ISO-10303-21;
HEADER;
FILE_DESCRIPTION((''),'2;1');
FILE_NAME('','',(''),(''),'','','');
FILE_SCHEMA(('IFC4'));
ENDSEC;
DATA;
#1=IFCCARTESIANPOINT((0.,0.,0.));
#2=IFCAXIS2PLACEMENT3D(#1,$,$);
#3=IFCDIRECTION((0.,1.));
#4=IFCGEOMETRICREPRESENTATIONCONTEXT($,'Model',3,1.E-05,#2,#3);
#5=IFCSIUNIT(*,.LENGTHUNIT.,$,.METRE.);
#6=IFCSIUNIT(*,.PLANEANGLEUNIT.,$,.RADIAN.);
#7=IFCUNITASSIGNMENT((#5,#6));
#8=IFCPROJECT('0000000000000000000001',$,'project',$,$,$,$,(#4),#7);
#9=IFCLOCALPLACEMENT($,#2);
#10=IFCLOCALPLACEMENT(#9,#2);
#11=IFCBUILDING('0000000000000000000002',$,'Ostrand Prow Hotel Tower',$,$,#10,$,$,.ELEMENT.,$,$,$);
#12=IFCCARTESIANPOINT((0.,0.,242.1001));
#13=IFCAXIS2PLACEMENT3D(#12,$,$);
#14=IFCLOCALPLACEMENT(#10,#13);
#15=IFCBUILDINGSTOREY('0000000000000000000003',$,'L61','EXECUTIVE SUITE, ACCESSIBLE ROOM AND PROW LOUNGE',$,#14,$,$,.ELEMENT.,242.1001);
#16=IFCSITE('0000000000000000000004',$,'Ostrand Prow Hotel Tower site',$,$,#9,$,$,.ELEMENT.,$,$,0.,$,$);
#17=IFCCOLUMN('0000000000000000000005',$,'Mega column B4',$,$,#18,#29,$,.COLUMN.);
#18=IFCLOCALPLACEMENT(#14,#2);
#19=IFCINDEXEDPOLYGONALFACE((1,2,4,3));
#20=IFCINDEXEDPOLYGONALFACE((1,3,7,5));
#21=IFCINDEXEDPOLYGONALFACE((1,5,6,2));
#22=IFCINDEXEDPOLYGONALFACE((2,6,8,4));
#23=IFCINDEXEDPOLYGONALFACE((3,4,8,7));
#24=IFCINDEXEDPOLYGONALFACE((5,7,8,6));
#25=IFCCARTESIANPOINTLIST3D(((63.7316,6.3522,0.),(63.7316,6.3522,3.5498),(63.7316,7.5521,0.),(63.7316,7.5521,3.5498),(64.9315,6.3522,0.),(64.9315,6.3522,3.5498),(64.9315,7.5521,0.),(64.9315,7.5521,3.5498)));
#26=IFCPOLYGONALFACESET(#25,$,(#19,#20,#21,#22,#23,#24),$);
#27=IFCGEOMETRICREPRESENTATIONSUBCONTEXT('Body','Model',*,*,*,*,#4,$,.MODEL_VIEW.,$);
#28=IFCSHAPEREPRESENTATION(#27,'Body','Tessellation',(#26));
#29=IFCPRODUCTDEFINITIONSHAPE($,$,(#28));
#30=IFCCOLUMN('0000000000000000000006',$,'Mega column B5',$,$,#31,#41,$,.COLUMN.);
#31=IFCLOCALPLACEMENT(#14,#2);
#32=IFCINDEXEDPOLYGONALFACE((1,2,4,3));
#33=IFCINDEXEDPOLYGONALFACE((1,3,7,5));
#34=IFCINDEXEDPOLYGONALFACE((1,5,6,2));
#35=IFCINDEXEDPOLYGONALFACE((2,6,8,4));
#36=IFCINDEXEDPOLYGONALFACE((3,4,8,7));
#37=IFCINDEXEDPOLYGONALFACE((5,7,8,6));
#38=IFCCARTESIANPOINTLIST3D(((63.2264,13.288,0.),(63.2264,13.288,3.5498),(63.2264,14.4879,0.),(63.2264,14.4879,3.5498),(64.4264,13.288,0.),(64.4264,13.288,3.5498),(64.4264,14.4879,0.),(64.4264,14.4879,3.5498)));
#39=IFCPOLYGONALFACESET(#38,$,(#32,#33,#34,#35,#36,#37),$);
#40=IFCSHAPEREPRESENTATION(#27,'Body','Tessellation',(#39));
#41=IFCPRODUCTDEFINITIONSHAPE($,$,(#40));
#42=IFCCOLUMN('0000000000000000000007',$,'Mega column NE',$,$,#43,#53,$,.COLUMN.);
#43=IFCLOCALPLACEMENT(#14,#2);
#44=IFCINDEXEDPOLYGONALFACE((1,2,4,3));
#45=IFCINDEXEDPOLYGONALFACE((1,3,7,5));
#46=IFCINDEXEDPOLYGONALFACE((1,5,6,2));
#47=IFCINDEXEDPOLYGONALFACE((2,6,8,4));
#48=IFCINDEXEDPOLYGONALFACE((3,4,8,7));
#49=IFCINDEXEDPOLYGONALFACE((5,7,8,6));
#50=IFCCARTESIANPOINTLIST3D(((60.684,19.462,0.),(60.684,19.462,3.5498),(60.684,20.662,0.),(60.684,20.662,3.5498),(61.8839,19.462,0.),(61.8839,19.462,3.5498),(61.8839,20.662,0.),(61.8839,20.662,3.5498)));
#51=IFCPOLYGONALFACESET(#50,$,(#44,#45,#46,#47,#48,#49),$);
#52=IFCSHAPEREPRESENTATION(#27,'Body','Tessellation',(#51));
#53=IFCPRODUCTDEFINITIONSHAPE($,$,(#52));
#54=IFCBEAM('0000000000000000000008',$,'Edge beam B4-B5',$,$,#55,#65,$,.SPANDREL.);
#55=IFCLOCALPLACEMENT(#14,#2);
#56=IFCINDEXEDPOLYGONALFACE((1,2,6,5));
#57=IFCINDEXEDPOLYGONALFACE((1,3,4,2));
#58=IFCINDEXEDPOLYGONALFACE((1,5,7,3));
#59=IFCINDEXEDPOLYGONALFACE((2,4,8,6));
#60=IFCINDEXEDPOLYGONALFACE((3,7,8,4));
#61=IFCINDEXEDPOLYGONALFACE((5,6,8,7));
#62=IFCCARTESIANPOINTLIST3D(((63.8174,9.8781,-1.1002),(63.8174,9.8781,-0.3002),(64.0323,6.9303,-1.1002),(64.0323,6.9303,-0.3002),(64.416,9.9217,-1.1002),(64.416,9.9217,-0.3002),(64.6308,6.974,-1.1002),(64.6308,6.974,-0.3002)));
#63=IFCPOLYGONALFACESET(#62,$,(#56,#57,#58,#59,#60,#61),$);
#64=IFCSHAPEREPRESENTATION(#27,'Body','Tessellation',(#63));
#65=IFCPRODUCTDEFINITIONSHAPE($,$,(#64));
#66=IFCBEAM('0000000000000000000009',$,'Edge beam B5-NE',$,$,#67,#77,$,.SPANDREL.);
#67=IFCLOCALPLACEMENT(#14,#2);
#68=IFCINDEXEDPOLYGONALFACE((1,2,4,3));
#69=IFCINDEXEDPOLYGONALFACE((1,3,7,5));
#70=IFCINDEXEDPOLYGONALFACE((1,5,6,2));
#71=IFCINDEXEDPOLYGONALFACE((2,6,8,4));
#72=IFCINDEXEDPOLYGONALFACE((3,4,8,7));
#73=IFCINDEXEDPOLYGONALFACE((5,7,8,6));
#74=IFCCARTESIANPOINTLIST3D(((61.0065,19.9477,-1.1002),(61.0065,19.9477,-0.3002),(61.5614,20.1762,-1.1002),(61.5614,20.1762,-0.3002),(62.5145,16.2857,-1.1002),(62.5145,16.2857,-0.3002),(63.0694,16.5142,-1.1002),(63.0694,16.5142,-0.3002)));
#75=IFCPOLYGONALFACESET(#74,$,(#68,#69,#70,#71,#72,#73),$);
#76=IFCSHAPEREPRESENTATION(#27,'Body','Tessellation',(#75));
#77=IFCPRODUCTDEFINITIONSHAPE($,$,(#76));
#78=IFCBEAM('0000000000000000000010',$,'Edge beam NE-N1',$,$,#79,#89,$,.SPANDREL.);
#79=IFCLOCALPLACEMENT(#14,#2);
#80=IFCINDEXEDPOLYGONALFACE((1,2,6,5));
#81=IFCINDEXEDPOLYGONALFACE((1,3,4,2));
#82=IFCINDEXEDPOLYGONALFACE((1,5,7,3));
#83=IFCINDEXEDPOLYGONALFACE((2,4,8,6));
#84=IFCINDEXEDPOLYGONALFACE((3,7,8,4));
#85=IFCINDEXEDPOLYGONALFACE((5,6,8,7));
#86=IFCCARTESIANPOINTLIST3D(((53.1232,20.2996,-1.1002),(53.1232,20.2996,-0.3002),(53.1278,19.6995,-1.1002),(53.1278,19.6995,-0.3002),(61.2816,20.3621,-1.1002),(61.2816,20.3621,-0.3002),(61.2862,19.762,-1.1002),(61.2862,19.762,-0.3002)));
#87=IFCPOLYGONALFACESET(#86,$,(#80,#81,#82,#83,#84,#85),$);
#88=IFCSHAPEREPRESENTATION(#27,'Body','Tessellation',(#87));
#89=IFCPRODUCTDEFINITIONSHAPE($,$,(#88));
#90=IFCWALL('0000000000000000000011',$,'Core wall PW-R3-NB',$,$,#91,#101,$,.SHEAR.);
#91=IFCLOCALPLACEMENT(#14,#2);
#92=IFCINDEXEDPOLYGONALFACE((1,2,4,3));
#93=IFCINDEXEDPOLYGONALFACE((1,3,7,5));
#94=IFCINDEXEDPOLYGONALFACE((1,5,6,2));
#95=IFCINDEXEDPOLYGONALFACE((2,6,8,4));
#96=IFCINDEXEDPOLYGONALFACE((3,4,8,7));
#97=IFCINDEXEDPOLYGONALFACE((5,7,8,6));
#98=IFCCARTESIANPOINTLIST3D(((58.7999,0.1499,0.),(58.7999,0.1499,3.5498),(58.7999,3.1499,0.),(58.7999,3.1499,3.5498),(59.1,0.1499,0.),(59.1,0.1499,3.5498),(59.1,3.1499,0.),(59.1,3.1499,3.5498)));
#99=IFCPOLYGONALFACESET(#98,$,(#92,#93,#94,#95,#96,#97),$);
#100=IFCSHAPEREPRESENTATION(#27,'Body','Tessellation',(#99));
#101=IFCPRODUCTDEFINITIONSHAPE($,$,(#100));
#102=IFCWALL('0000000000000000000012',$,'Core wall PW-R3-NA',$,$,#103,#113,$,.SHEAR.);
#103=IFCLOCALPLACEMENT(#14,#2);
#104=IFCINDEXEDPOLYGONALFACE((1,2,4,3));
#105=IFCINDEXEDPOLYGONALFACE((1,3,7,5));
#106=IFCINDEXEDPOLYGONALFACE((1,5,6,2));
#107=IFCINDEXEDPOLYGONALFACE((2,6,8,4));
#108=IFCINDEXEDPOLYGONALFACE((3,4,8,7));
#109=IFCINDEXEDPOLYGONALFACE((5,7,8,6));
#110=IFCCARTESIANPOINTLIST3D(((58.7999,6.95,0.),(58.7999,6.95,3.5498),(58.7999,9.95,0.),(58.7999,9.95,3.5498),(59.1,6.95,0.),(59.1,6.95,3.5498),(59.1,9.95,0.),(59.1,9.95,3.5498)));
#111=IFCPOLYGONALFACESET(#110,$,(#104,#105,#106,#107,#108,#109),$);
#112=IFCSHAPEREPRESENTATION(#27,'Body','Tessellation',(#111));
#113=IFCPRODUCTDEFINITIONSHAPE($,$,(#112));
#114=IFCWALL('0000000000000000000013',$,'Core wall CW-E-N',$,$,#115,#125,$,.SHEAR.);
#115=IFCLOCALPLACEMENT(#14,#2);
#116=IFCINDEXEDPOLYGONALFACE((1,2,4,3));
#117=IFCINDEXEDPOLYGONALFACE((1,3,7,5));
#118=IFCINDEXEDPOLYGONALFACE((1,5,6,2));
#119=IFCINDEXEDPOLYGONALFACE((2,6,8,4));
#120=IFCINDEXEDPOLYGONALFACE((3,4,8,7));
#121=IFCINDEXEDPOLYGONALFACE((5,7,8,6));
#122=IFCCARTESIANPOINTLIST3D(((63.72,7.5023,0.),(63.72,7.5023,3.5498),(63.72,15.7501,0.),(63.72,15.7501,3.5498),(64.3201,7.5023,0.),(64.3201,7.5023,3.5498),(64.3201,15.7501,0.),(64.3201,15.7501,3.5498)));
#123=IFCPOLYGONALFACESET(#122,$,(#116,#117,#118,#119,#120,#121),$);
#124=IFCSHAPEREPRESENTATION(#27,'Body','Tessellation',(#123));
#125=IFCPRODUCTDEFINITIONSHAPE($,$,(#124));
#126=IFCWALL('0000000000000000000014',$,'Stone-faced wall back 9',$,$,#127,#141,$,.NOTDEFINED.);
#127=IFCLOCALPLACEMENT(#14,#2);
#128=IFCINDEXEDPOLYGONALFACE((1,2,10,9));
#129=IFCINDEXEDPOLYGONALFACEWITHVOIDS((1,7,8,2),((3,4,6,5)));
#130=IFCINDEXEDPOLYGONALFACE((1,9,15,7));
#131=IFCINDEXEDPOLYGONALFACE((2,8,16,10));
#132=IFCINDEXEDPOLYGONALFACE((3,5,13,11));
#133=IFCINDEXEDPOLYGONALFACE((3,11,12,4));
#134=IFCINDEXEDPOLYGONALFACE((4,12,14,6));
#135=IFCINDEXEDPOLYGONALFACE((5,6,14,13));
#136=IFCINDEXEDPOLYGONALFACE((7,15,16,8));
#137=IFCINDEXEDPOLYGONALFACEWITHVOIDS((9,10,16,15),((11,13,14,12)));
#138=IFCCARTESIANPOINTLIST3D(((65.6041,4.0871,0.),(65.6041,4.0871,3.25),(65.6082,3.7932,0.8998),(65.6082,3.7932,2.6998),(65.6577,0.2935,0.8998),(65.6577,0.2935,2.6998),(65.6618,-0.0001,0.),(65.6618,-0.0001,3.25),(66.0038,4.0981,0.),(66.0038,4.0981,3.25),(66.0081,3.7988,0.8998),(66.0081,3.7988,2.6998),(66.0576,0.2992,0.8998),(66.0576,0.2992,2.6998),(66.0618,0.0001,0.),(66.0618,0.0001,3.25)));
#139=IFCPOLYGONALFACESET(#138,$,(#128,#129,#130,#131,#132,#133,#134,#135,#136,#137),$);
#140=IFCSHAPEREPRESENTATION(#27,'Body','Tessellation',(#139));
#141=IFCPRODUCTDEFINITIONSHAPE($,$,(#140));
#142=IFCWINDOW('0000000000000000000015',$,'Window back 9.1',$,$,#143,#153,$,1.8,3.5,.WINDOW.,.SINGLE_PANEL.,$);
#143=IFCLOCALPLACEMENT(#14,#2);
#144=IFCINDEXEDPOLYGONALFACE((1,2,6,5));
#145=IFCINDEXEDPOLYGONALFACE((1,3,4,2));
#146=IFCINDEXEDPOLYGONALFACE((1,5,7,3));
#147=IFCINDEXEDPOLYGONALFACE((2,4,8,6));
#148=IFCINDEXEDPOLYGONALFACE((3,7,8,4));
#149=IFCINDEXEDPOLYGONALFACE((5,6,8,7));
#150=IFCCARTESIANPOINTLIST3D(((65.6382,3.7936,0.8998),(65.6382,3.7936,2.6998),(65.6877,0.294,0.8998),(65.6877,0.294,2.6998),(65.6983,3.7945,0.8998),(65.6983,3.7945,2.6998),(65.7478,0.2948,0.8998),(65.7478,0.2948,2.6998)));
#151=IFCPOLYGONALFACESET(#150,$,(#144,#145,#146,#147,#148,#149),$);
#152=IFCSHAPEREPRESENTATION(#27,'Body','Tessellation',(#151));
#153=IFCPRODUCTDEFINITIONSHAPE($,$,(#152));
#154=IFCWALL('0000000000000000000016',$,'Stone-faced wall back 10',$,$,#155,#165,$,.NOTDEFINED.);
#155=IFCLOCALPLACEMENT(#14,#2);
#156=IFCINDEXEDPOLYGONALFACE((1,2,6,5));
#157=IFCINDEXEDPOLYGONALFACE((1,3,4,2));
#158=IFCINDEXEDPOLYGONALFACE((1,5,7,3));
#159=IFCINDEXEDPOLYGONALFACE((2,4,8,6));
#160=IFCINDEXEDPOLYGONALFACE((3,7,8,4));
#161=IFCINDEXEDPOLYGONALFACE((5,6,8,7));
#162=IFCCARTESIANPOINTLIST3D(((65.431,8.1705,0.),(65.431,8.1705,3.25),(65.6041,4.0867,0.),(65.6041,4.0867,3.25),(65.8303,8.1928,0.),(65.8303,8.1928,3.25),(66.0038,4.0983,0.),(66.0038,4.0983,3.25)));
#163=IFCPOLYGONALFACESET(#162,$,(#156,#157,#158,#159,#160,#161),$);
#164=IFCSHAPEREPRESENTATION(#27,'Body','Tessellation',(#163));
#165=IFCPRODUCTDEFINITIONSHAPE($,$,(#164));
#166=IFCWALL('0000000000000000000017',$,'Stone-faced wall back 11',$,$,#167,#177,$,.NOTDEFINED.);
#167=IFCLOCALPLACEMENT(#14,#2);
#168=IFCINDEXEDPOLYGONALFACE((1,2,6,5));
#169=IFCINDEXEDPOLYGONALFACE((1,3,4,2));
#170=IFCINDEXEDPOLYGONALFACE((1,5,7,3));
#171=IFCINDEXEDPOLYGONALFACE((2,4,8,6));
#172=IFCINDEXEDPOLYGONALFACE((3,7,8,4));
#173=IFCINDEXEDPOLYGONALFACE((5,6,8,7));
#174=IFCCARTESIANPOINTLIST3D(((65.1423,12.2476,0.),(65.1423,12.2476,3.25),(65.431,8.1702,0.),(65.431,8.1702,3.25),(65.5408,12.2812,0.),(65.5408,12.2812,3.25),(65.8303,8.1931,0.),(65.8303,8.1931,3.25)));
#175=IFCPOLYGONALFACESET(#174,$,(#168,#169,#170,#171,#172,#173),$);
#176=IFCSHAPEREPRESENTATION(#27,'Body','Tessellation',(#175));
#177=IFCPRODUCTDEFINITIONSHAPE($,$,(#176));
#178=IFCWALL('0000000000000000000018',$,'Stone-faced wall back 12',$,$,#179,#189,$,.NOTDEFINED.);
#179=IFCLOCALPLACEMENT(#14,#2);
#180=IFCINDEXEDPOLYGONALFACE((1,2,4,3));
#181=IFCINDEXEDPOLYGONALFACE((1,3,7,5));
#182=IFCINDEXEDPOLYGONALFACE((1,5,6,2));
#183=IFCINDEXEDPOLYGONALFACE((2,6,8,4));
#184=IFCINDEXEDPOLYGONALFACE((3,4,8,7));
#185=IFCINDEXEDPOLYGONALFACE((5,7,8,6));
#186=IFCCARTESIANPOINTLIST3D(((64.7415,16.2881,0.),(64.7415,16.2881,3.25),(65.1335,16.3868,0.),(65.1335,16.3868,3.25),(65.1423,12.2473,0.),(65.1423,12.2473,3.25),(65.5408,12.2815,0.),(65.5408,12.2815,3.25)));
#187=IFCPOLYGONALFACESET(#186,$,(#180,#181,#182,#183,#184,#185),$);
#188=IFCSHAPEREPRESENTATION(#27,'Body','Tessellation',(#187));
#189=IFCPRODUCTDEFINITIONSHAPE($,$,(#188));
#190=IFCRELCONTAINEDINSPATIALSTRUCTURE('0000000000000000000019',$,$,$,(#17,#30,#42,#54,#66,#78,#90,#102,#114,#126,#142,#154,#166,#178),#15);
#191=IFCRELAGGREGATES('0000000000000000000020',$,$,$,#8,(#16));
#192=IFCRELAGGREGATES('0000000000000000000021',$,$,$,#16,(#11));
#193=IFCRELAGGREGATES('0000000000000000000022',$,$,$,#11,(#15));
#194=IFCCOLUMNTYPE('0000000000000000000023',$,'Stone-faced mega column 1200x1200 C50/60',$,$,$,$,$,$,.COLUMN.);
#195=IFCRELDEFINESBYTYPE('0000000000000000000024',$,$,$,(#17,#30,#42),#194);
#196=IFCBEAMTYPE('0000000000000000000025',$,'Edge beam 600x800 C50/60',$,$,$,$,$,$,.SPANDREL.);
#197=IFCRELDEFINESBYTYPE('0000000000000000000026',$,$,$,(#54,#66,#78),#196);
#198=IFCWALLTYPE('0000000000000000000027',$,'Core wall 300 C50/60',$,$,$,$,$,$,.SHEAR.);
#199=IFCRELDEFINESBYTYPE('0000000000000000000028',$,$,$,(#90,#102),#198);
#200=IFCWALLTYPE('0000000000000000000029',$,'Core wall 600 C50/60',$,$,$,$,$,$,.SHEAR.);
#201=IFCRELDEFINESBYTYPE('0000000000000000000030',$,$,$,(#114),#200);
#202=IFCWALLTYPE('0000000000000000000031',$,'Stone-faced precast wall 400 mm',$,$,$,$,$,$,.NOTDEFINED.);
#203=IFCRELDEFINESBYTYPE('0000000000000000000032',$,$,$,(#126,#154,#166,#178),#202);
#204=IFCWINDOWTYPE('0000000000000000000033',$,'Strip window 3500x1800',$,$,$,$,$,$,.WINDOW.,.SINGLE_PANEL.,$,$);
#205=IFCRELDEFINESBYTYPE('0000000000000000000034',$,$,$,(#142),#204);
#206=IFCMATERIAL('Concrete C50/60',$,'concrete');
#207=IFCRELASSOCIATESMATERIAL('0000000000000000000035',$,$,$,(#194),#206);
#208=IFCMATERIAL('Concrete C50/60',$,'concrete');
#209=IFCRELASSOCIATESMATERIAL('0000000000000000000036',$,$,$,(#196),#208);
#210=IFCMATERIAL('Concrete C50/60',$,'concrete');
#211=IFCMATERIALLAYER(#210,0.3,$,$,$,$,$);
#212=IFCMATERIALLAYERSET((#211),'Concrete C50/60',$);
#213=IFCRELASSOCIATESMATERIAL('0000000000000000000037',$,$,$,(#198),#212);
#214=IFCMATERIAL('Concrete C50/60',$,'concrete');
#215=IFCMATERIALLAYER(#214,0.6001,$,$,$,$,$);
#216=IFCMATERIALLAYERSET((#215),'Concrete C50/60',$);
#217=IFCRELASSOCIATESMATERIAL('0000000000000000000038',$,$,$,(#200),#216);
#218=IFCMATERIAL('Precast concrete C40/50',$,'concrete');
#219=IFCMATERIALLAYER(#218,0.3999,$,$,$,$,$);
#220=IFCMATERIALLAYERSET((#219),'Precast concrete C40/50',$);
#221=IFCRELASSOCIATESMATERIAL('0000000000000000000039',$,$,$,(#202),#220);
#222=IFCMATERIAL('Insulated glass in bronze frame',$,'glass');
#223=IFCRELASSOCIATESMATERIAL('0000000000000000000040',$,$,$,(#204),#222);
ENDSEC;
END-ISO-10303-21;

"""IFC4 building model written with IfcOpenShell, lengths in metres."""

from ifc_helpers import new_model, si_unit, direction, frame, frame_2d, origin, origin_2d, place, context, subcontext, project, spatial, polyline, rectangle, outline, extrude, material, layer, layer_set, material_profile, profile_set, type_object, element, fill, save


model = new_model("IFC4")

# Units and contexts
model_context = context("Model", 3, precision=1e-05, world=origin(), true_north=direction((0.0, 1.0)))
body_context = subcontext(model_context, "Body", "Model", "MODEL_VIEW")
ifc_project = project(units=[si_unit("LENGTHUNIT", "METRE"), si_unit("PLANEANGLEUNIT", "RADIAN")], contexts=[model_context])

# Site, building, storey
site_placement = place(None, origin())
site = spatial("IfcSite", under=ifc_project, at=site_placement, Name="Ostrand Prow Hotel Tower site", CompositionType="ELEMENT", RefElevation=0.0)
building_placement = place(site_placement, origin())
building = spatial("IfcBuilding", under=site, at=building_placement, Name="Ostrand Prow Hotel Tower", CompositionType="ELEMENT")
storey_placement = place(building_placement, frame((0.0, 0.0, 242.1001)))
storey = spatial("IfcBuildingStorey", under=building, at=storey_placement, Name="L61", Description="EXECUTIVE SUITE, ACCESSIBLE ROOM AND PROW LOUNGE", CompositionType="ELEMENT", Elevation=242.1001)

# Columns
ifc_material_1 = material(Name="Concrete C50/60", Category="concrete")
ifc_material_profile_1 = material_profile(ifc_material_1, rectangle(XDim=1.2, YDim=1.2, at=origin_2d()), Name="RC 1200x1200")
ifc_profile_set_1 = profile_set([ifc_material_profile_1], Name="Concrete C50/60")
column_type = type_object("IfcColumnType", Name="Stone-faced mega column 1200x1200 C50/60", PredefinedType="COLUMN", material=ifc_profile_set_1)
for number, where, z_axis, x_axis, name in (
    (1, (64.3315, 6.9521, 0.0), (0.0, 0.0, 1.0), (1.0, 0.0, 0.0), "Mega column B4"),
    (2, (63.8264, 13.8879, 0.0), (0.0, 0.0, 1.0), (1.0, 0.0, 0.0), "Mega column B5"),
    (3, (61.2839, 20.062, 0.0), (0.0, 0.0, 1.0), (1.0, 0.0, 0.0), "Mega column NE"),
):
    element("IfcColumn", number, at=place(storey_placement, frame(where, z_axis=z_axis, x_axis=x_axis)), inside=storey, type_object=column_type, Name=name, PredefinedType="COLUMN", context=body_context, shape_type="SweptSolid", body=[
        extrude(rectangle(XDim=1.2, YDim=1.2, at=origin_2d()), origin(), (0.0, 0.0, 1.0), 3.5498),
    ])

# Beams
ifc_material_2 = material(Name="Concrete C50/60", Category="concrete")
ifc_material_profile_2 = material_profile(ifc_material_2, rectangle(XDim=0.6001, YDim=0.8, at=origin_2d()), Name="RC 600x800")
ifc_profile_set_2 = profile_set([ifc_material_profile_2], Name="Concrete C50/60")
beam_type = type_object("IfcBeamType", Name="Edge beam 600x800 C50/60", PredefinedType="SPANDREL", material=ifc_profile_set_2)
beam_1_placement = place(storey_placement, frame((64.3315, 6.9521, -0.7002), z_axis=(-0.072691, 0.997355, 0.0), x_axis=(-0.997355, -0.072691, 0.0)))
element("IfcBeam", 4, at=beam_1_placement, inside=storey, type_object=beam_type, Name="Edge beam B4-B5", PredefinedType="SPANDREL", context=body_context, shape_type="SweptSolid", body=[
    extrude(rectangle(XDim=0.6001, YDim=0.8, at=origin_2d()), origin(), (0.0, 0.0, 1.0), 2.9556),
])
beam_2_placement = place(storey_placement, frame((62.792, 16.3999, -0.7002), z_axis=(-0.380778, 0.924667, 0.0), x_axis=(-0.924667, -0.380778, 0.0)))
element("IfcBeam", 5, at=beam_2_placement, inside=storey, type_object=beam_type, Name="Edge beam B5-NE", PredefinedType="SPANDREL", context=body_context, shape_type="SweptSolid", body=[
    extrude(rectangle(XDim=0.6001, YDim=0.8, at=origin_2d()), origin(), (0.0, 0.0, 1.0), 3.9604),
])
beam_3_placement = place(storey_placement, frame((61.2839, 20.062, -0.7002), z_axis=(-0.999971, -0.007661, 0.0), x_axis=(0.007661, -0.999971, 0.0)))
element("IfcBeam", 6, at=beam_3_placement, inside=storey, type_object=beam_type, Name="Edge beam NE-N1", PredefinedType="SPANDREL", context=body_context, shape_type="SweptSolid", body=[
    extrude(rectangle(XDim=0.6001, YDim=0.8, at=origin_2d()), origin(), (0.0, 0.0, 1.0), 8.1587),
])

# Walls
ifc_material_3 = material(Name="Concrete C50/60", Category="concrete")
ifc_layer_1 = layer(ifc_material_3, 0.3)
ifc_layer_set_1 = layer_set([ifc_layer_1], Name="Concrete C50/60")
wall_type_1 = type_object("IfcWallType", Name="Core wall 300 C50/60", PredefinedType="SHEAR", material=ifc_layer_set_1)
for number, where, z_axis, x_axis, name in (
    (7, (58.95, 0.1499, 0.0), (0.0, 0.0, 1.0), (0.0, 1.0, 0.0), "Core wall PW-R3-NB"),
    (8, (58.95, 6.95, 0.0), (0.0, 0.0, 1.0), (0.0, 1.0, 0.0), "Core wall PW-R3-NA"),
):
    element("IfcWall", number, at=place(storey_placement, frame(where, z_axis=z_axis, x_axis=x_axis)), inside=storey, type_object=wall_type_1, Name=name, PredefinedType="SHEAR", context=body_context, shape_type="SweptSolid", body=[
        extrude(rectangle(XDim=3.0, YDim=0.3, at=frame_2d((1.5, 0.0))), origin(), (0.0, 0.0, 1.0), 3.5498),
    ])
ifc_material_4 = material(Name="Concrete C50/60", Category="concrete")
ifc_layer_2 = layer(ifc_material_4, 0.6001)
ifc_layer_set_2 = layer_set([ifc_layer_2], Name="Concrete C50/60")
wall_type_2 = type_object("IfcWallType", Name="Core wall 600 C50/60", PredefinedType="SHEAR", material=ifc_layer_set_2)
wall_1_placement = place(storey_placement, frame((64.02, 7.5022, 0.0), z_axis=(0.0, 0.0, 1.0), x_axis=(0.0, 1.0, 0.0)))
element("IfcWall", 9, at=wall_1_placement, inside=storey, type_object=wall_type_2, Name="Core wall CW-E-N", PredefinedType="SHEAR", context=body_context, shape_type="SweptSolid", body=[
    extrude(rectangle(XDim=8.2478, YDim=0.6001, at=frame_2d((4.124, 0.0))), origin(), (0.0, 0.0, 1.0), 3.5498),
])

# Wall, opening, window
ifc_material_5 = material(Name="Precast concrete C40/50", Category="concrete")
ifc_layer_3 = layer(ifc_material_5, 0.3999)
ifc_layer_set_3 = layer_set([ifc_layer_3], Name="Precast concrete C40/50")
wall_type_3 = type_object("IfcWallType", Name="Stone-faced precast wall 400 mm", PredefinedType="NOTDEFINED", material=ifc_layer_set_3)
wall_2_placement = place(storey_placement, frame((65.8618, 0.0, 0.0), z_axis=(0.0, 0.0, 1.0), x_axis=(-0.014137, 0.9999, 0.0)))
wall_2 = element("IfcWall", 10, at=wall_2_placement, inside=storey, type_object=wall_type_3, Name="Stone-faced wall back 9", PredefinedType="NOTDEFINED", context=body_context, shape_type="SweptSolid", body=[
    extrude(outline(polyline([(-0.0027, -0.2), (4.0957, -0.2), (4.0903, 0.2), (0.0027, 0.2), (-0.0027, -0.2)])), origin(), (0.0, 0.0, 1.0), 3.25),
])
opening_placement = place(wall_2_placement, frame((0.2964, 0.0, 0.8999)))
opening = element("IfcOpeningElement", 11, at=opening_placement, cuts=wall_2, PredefinedType="OPENING", context=body_context, shape_type="SweptSolid", body=[
    extrude(rectangle(XDim=3.5, YDim=1.8, at=frame_2d((1.75, 0.8999))), frame((0.0, 0.21, 0.0), z_axis=(0.0, -1.0, 0.0), x_axis=(1.0, 0.0, 0.0)), (0.0, 0.0, 1.0), 0.4199),
])
ifc_material_6 = material(Name="Insulated glass in bronze frame", Category="glass")
window_type = type_object("IfcWindowType", Name="Strip window 3500x1800", PartitioningType="SINGLE_PANEL", PredefinedType="WINDOW", material=ifc_material_6)
window_placement = place(opening_placement, origin())
window = element("IfcWindow", 12, at=window_placement, inside=storey, type_object=window_type, Name="Window back 9.1", OverallHeight=1.8, OverallWidth=3.5, PartitioningType="SINGLE_PANEL", PredefinedType="WINDOW", context=body_context, shape_type="SweptSolid", body=[
    extrude(rectangle(XDim=3.5, YDim=1.8, at=frame_2d((1.75, 0.8999))), frame((0.0, 0.1699, 0.0), z_axis=(0.0, -1.0, 0.0), x_axis=(1.0, 0.0, 0.0)), (0.0, 0.0, 1.0), 0.0601),
])
fill(opening, window)

# Walls
wall_3_placement = place(storey_placement, frame((65.804, 4.0925, 0.0), z_axis=(0.0, 0.0, 1.0), x_axis=(-0.042353, 0.999103, 0.0)))
element("IfcWall", 13, at=wall_3_placement, inside=storey, type_object=wall_type_3, Name="Stone-faced wall back 10", PredefinedType="NOTDEFINED", context=body_context, shape_type="SweptSolid", body=[
    extrude(outline(polyline([(-0.0027, -0.2), (4.0955, -0.2), (4.0901, 0.2), (0.0027, 0.2), (-0.0027, -0.2)])), origin(), (0.0, 0.0, 1.0), 3.25),
])
wall_4_placement = place(storey_placement, frame((65.6306, 8.1816, 0.0), z_axis=(0.0, 0.0, 1.0), x_axis=(-0.070624, 0.997503, 0.0)))
element("IfcWall", 14, at=wall_4_placement, inside=storey, type_object=wall_type_3, Name="Stone-faced wall back 11", PredefinedType="NOTDEFINED", context=body_context, shape_type="SweptSolid", body=[
    extrude(outline(polyline([(-0.0027, -0.2), (4.0957, -0.2), (4.0903, 0.2), (0.0027, 0.2), (-0.0027, -0.2)])), origin(), (0.0, 0.0, 1.0), 3.25),
])
wall_5_placement = place(storey_placement, frame((65.3416, 12.2644, 0.0), z_axis=(0.0, 0.0, 1.0), x_axis=(-0.098718, 0.995115, 0.0)))
element("IfcWall", 15, at=wall_5_placement, inside=storey, type_object=wall_type_3, Name="Stone-faced wall back 12", PredefinedType="NOTDEFINED", context=body_context, shape_type="SweptSolid", body=[
    extrude(outline(polyline([(-0.0027, -0.2), (4.1228, -0.2), (4.0632, 0.2), (0.0027, 0.2), (-0.0027, -0.2)])), origin(), (0.0, 0.0, 1.0), 3.25),
])

save(model, "model.ifc")
